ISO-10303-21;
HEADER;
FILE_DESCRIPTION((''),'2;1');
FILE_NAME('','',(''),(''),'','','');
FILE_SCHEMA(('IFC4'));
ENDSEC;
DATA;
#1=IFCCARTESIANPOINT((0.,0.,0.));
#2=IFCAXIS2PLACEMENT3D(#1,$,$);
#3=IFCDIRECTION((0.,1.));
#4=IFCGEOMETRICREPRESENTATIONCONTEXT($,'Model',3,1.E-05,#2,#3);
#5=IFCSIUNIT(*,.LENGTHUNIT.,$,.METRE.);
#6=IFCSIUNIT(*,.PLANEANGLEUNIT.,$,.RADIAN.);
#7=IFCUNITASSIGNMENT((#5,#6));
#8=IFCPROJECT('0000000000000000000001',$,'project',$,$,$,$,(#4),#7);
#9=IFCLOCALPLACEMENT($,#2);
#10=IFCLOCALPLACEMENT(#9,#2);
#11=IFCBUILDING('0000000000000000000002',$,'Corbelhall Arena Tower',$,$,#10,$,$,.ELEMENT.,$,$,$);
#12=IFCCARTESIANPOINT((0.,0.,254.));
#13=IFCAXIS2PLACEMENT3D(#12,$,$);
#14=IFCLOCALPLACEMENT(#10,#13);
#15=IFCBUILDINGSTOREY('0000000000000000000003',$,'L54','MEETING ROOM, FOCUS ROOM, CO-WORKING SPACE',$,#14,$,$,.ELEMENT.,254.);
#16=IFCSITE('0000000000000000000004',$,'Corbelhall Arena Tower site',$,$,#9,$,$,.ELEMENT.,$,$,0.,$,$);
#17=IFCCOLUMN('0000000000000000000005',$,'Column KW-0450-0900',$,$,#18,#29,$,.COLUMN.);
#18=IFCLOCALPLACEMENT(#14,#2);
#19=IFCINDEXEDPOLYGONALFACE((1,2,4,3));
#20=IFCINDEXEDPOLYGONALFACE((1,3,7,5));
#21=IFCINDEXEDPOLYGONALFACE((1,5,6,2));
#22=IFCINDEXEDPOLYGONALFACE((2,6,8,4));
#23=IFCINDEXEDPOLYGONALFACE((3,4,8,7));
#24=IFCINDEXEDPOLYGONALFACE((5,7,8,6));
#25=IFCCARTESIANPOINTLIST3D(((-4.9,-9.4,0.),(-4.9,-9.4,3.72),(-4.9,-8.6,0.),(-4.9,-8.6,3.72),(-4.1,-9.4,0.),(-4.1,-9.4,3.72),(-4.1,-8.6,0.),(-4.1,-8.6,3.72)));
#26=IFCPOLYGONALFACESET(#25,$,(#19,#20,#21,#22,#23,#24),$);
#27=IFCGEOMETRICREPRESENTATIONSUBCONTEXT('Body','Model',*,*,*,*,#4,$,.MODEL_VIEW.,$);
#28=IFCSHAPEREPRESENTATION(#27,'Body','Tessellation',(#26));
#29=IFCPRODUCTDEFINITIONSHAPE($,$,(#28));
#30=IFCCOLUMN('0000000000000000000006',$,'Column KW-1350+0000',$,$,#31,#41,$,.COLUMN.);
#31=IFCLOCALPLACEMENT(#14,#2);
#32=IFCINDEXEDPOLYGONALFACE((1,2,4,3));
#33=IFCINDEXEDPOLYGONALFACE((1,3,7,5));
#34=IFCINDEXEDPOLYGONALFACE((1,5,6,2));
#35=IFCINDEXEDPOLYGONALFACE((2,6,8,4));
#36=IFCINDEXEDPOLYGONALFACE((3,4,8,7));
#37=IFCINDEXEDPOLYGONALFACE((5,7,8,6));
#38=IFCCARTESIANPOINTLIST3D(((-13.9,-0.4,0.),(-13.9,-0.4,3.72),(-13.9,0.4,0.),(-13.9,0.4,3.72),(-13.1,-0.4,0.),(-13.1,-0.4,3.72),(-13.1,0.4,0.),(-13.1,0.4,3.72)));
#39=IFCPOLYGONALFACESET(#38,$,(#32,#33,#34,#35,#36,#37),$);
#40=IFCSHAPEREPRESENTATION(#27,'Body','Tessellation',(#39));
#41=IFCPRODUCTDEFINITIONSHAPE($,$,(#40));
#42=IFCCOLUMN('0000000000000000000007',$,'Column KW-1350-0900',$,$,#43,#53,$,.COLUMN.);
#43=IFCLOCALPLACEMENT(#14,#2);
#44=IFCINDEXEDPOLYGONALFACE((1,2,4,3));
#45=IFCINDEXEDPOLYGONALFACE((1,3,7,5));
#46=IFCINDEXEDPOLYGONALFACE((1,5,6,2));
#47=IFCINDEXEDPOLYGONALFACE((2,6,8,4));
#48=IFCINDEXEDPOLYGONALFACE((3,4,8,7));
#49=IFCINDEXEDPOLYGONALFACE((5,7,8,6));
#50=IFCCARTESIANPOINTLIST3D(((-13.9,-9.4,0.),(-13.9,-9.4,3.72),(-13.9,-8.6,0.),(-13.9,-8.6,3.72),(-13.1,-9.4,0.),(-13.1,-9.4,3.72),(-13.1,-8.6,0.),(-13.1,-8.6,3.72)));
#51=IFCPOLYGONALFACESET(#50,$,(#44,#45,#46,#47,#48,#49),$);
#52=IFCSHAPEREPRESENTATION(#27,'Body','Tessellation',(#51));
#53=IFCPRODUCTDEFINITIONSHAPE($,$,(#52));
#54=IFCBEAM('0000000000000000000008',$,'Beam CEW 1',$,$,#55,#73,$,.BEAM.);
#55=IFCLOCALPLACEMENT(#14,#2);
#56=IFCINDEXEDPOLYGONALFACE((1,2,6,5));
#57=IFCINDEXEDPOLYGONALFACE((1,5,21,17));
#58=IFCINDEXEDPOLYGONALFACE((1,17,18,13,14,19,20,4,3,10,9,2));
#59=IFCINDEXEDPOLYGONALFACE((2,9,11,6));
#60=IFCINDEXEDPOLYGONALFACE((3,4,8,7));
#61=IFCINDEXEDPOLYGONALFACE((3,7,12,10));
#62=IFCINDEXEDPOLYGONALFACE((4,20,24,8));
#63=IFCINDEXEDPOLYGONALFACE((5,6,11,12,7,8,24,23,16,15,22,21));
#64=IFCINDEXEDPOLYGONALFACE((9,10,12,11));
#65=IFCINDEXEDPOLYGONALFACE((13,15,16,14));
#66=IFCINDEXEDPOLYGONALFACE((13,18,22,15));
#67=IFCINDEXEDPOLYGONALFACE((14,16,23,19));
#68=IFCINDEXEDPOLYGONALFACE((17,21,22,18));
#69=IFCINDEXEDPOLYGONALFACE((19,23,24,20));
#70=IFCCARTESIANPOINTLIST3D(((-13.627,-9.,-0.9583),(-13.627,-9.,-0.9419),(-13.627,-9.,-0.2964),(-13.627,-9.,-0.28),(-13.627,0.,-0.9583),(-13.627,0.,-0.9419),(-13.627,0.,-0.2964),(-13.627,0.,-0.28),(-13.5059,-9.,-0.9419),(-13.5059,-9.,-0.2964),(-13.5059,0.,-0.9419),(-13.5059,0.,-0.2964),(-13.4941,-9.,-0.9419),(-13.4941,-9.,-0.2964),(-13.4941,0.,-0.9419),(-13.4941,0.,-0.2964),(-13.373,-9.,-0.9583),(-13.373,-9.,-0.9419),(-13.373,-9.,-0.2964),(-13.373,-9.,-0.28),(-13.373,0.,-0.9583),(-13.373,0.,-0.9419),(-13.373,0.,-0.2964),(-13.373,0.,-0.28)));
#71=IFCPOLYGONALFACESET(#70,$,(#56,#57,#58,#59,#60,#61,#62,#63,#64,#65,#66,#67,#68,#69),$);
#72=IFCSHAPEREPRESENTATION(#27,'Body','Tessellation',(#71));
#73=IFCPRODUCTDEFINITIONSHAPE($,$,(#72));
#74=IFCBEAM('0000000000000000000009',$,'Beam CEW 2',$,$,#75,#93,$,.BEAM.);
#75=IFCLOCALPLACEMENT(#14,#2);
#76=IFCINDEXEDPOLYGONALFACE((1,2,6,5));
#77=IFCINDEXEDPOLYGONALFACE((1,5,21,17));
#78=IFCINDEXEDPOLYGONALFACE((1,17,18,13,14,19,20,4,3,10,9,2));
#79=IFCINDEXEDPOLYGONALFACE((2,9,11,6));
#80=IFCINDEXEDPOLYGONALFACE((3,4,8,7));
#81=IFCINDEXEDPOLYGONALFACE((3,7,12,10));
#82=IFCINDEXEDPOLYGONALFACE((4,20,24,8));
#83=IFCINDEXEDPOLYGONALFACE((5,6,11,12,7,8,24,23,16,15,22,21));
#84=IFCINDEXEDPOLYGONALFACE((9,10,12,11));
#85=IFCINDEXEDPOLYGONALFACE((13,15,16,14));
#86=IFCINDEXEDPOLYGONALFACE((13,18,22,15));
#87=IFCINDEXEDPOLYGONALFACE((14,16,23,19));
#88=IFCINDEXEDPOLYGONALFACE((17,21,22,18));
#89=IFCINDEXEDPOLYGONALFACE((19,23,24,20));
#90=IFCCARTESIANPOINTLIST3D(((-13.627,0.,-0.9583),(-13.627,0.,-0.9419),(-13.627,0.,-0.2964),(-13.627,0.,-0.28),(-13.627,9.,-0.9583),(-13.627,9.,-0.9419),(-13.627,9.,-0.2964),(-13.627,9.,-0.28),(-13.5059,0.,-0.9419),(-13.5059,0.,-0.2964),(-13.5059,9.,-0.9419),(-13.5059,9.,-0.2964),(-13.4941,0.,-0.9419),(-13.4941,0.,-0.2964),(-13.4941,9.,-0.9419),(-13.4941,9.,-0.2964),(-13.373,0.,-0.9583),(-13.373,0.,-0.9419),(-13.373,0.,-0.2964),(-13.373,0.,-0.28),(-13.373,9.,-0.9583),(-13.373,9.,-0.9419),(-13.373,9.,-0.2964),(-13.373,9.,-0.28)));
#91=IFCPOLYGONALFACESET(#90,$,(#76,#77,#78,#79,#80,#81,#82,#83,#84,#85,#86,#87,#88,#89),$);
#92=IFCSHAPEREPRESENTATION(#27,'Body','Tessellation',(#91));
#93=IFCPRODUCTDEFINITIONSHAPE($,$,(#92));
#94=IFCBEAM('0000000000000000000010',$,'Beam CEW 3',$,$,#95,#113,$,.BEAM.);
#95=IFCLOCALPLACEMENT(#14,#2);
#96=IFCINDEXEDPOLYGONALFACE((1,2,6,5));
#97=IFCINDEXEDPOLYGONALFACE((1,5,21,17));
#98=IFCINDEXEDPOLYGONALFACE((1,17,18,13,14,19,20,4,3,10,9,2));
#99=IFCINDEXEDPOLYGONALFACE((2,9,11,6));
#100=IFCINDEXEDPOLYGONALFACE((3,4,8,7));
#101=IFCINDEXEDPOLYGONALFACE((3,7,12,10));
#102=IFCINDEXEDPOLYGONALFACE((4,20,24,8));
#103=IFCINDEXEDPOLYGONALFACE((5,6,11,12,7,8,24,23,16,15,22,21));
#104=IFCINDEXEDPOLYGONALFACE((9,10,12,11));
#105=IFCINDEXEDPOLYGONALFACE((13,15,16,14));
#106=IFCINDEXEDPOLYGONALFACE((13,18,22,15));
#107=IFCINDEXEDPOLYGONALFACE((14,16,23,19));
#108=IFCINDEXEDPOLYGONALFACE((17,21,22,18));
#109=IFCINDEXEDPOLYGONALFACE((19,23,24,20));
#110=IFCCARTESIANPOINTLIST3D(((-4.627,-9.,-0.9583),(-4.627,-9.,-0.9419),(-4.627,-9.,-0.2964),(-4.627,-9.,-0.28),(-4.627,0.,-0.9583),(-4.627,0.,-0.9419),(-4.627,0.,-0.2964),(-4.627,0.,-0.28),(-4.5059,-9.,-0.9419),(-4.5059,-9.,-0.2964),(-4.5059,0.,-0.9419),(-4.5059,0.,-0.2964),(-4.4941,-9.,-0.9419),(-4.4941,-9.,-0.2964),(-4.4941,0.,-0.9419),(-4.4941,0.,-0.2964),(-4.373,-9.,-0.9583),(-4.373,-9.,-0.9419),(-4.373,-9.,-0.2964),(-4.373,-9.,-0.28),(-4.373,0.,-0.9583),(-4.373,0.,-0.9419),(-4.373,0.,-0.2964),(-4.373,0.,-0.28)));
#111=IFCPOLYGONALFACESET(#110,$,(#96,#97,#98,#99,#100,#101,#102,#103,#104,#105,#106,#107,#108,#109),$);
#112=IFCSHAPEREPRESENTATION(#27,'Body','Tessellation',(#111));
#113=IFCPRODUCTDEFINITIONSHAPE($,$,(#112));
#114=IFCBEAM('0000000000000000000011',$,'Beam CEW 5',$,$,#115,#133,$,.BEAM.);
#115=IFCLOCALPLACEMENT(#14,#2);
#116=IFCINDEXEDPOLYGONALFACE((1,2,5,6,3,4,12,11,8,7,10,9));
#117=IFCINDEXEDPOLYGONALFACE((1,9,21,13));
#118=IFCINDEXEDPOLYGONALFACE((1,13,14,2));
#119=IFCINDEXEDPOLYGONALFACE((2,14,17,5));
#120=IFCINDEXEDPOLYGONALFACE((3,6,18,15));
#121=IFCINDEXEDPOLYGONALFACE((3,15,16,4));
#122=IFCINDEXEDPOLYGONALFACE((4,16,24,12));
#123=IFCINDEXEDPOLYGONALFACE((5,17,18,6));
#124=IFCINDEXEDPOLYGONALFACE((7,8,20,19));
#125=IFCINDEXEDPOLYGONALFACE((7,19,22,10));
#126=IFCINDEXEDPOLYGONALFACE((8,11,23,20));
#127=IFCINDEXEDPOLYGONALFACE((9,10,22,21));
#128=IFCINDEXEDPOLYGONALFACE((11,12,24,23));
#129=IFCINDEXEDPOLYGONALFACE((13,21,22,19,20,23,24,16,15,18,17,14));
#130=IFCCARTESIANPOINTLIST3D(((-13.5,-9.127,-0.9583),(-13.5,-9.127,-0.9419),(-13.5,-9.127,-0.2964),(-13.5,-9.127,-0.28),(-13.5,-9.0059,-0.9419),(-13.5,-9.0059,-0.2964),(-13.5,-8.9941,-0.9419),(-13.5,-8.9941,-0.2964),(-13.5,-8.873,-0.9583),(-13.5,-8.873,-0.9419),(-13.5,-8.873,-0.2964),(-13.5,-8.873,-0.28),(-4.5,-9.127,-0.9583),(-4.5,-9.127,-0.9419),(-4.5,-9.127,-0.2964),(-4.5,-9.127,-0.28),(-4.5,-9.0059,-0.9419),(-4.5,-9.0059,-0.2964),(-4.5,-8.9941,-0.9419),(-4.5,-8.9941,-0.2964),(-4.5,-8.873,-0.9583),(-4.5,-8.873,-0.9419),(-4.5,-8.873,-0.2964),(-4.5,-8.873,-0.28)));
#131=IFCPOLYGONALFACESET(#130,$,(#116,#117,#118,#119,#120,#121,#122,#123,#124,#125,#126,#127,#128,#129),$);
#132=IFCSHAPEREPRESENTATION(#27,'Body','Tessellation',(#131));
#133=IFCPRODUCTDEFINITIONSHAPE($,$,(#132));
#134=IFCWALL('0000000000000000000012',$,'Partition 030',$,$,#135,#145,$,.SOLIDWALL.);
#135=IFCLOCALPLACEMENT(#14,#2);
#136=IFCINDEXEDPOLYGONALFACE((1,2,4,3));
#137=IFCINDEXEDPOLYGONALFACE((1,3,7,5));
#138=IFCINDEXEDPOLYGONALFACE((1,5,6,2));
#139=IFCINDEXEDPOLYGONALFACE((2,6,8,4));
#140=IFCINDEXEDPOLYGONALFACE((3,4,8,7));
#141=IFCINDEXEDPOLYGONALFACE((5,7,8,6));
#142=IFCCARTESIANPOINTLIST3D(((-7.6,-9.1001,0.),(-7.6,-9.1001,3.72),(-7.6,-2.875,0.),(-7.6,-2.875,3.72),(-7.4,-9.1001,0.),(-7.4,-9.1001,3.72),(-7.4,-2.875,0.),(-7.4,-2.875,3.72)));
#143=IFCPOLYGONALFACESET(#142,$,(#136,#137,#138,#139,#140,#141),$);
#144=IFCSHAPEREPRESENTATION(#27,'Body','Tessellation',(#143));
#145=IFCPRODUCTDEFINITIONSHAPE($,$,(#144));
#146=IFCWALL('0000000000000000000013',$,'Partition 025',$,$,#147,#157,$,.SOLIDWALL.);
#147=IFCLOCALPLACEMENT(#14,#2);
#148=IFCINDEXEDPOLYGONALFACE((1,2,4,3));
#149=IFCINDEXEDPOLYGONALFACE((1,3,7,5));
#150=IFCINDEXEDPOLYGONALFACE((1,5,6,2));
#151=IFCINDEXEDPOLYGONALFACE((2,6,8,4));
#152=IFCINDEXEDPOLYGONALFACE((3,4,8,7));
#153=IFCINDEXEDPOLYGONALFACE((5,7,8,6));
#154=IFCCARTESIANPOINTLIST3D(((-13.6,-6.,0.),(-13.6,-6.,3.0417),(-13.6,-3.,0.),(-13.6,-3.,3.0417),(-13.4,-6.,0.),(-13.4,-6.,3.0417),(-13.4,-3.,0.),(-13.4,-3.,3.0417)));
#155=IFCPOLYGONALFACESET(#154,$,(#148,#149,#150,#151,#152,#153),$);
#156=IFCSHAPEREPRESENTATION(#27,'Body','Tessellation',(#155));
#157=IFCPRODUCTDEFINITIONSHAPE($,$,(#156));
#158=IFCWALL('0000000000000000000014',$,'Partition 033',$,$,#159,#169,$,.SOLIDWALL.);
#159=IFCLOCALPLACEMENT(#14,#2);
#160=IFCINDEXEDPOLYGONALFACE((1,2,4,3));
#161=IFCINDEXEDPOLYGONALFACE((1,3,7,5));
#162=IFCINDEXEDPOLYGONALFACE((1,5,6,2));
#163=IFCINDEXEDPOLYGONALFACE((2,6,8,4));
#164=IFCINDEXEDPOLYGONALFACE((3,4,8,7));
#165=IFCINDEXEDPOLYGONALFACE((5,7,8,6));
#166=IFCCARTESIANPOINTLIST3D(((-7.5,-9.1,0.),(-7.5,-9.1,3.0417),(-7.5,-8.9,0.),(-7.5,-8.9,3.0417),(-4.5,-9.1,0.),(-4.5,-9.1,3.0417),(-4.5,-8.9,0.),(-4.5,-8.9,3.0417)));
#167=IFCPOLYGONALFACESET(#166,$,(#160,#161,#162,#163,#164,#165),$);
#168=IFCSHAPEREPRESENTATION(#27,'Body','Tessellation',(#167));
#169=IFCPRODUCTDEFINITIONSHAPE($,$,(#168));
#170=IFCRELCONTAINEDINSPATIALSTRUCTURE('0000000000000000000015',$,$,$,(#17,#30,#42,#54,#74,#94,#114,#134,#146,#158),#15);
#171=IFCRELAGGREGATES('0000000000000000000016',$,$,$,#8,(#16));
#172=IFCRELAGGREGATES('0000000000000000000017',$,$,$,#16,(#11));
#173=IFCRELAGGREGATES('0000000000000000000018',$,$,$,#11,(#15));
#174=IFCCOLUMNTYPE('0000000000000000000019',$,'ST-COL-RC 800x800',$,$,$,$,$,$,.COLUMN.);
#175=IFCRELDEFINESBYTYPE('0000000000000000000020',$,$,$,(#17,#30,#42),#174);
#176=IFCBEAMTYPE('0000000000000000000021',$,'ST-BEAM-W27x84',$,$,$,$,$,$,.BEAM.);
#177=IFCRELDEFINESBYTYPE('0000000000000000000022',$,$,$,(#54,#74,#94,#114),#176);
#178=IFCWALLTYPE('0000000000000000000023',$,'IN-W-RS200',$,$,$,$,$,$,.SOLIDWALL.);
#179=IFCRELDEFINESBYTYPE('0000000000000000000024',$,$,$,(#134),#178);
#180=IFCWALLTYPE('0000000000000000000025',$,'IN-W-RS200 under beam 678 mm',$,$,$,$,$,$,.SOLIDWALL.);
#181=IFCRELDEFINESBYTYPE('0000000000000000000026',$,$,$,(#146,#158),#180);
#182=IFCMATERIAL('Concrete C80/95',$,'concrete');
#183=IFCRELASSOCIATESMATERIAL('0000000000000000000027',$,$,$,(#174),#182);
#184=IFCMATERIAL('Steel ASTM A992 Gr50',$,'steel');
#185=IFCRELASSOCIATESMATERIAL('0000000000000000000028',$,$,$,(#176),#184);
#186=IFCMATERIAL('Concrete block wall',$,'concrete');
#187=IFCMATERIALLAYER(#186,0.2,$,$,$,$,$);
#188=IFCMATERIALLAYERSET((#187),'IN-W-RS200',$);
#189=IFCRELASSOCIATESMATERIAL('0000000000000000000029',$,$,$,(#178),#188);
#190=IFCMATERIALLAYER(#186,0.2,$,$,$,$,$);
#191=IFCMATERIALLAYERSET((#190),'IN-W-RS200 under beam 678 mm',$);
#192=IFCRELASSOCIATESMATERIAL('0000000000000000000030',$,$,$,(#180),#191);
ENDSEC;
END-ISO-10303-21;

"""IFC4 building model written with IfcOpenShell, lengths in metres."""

from ifc_helpers import new_model, si_unit, direction, frame, frame_2d, origin, origin_2d, place, context, subcontext, project, spatial, rectangle, i_section, extrude, material, layer, layer_set, material_profile, profile_set, type_object, element, save


model = new_model("IFC4")

# Units and contexts
model_context = context("Model", 3, precision=1e-05, world=origin(), true_north=direction((0.0, 1.0)))
body_context = subcontext(model_context, "Body", "Model", "MODEL_VIEW")
ifc_project = project(units=[si_unit("LENGTHUNIT", "METRE"), si_unit("PLANEANGLEUNIT", "RADIAN")], contexts=[model_context])

# Site, building, storey
site_placement = place(None, origin())
site = spatial("IfcSite", under=ifc_project, at=site_placement, Name="Corbelhall Arena Tower site", CompositionType="ELEMENT", RefElevation=0.0)
building_placement = place(site_placement, origin())
building = spatial("IfcBuilding", under=site, at=building_placement, Name="Corbelhall Arena Tower", CompositionType="ELEMENT")
storey_placement = place(building_placement, frame((0.0, 0.0, 254.0)))
storey = spatial("IfcBuildingStorey", under=building, at=storey_placement, Name="L54", Description="MEETING ROOM, FOCUS ROOM, CO-WORKING SPACE", CompositionType="ELEMENT", Elevation=254.0)

# Columns
ifc_material_1 = material(Name="Concrete C80/95", Category="concrete")
ifc_material_profile_1 = material_profile(ifc_material_1, rectangle(XDim=0.8, YDim=0.8, at=origin_2d()))
ifc_profile_set_1 = profile_set([ifc_material_profile_1], Name="Concrete C80/95")
column_type = type_object("IfcColumnType", Name="ST-COL-RC 800x800", PredefinedType="COLUMN", material=ifc_profile_set_1)
for number, where, z_axis, x_axis, name in (
    (1, (-4.5, -9.0, 0.0), (0.0, 0.0, 1.0), (1.0, 0.0, 0.0), "Column KW-0450-0900"),
    (2, (-13.5, 0.0, 0.0), (0.0, 0.0, 1.0), (1.0, 0.0, 0.0), "Column KW-1350+0000"),
    (3, (-13.5, -9.0, 0.0), (0.0, 0.0, 1.0), (1.0, 0.0, 0.0), "Column KW-1350-0900"),
):
    element("IfcColumn", number, at=place(storey_placement, frame(where, z_axis=z_axis, x_axis=x_axis)), inside=storey, type_object=column_type, Name=name, PredefinedType="COLUMN", context=body_context, shape_type="SweptSolid", body=[
        extrude(rectangle(XDim=0.8, YDim=0.8, at=origin_2d()), origin(), (0.0, 0.0, 1.0), 3.72),
    ])

# Beams
ifc_material_2 = material(Name="Steel ASTM A992 Gr50", Category="steel")
ifc_material_profile_2 = material_profile(ifc_material_2, i_section(OverallWidth=0.2539, OverallDepth=0.6782, WebThickness=0.0117, FlangeThickness=0.0164, at=origin_2d()))
ifc_profile_set_2 = profile_set([ifc_material_profile_2], Name="Steel ASTM A992 Gr50")
beam_type = type_object("IfcBeamType", Name="ST-BEAM-W27x84", PredefinedType="BEAM", material=ifc_profile_set_2)
for number, where, z_axis, x_axis, name in (
    (4, (-13.5, -9.0, -0.6191), (0.0, 1.0, 0.0), (-1.0, 0.0, 0.0), "Beam CEW 1"),
    (5, (-13.5, 0.0, -0.6191), (0.0, 1.0, 0.0), (-1.0, 0.0, 0.0), "Beam CEW 2"),
    (6, (-4.5, -9.0, -0.6191), (0.0, 1.0, 0.0), (-1.0, 0.0, 0.0), "Beam CEW 3"),
    (7, (-13.5, -9.0, -0.6191), (1.0, 0.0, 0.0), (0.0, 1.0, 0.0), "Beam CEW 5"),
):
    element("IfcBeam", number, at=place(storey_placement, frame(where, z_axis=z_axis, x_axis=x_axis)), inside=storey, type_object=beam_type, Name=name, PredefinedType="BEAM", context=body_context, shape_type="SweptSolid", body=[
        extrude(i_section(OverallWidth=0.2539, OverallDepth=0.6782, WebThickness=0.0117, FlangeThickness=0.0164, at=origin_2d()), origin(), (0.0, 0.0, 1.0), 9.0),
    ])

# Shared definitions
ifc_material_3 = material(Name="Concrete block wall", Category="concrete")
ifc_layer_1 = layer(ifc_material_3, 0.2)
ifc_layer_set_1 = layer_set([ifc_layer_1], Name="IN-W-RS200")
wall_type_1 = type_object("IfcWallType", Name="IN-W-RS200", PredefinedType="SOLIDWALL", material=ifc_layer_set_1)

# Walls
wall_1_placement = place(storey_placement, frame((-7.5, -9.1001, 0.0), z_axis=(0.0, 0.0, 1.0), x_axis=(0.0, 1.0, 0.0)))
element("IfcWall", 8, at=wall_1_placement, inside=storey, type_object=wall_type_1, Name="Partition 030", PredefinedType="SOLIDWALL", context=body_context, shape_type="SweptSolid", body=[
    extrude(rectangle(XDim=6.2251, YDim=0.2, at=frame_2d((3.1125, 0.0))), origin(), (0.0, 0.0, 1.0), 3.72),
])
ifc_layer_2 = layer(ifc_material_3, 0.2)
ifc_layer_set_2 = layer_set([ifc_layer_2], Name="IN-W-RS200 under beam 678 mm")
wall_type_2 = type_object("IfcWallType", Name="IN-W-RS200 under beam 678 mm", PredefinedType="SOLIDWALL", material=ifc_layer_set_2)
for number, where, z_axis, x_axis, name in (
    (9, (-13.5, -6.0, 0.0), (0.0, 0.0, 1.0), (0.0, 1.0, 0.0), "Partition 025"),
    (10, (-4.5, -9.0, 0.0), (0.0, 0.0, 1.0), (-1.0, 0.0, 0.0), "Partition 033"),
):
    element("IfcWall", number, at=place(storey_placement, frame(where, z_axis=z_axis, x_axis=x_axis)), inside=storey, type_object=wall_type_2, Name=name, PredefinedType="SOLIDWALL", context=body_context, shape_type="SweptSolid", body=[
        extrude(rectangle(XDim=3.0, YDim=0.2, at=frame_2d((1.5, 0.0))), origin(), (0.0, 0.0, 1.0), 3.0417),
    ])

save(model, "model.ifc")
